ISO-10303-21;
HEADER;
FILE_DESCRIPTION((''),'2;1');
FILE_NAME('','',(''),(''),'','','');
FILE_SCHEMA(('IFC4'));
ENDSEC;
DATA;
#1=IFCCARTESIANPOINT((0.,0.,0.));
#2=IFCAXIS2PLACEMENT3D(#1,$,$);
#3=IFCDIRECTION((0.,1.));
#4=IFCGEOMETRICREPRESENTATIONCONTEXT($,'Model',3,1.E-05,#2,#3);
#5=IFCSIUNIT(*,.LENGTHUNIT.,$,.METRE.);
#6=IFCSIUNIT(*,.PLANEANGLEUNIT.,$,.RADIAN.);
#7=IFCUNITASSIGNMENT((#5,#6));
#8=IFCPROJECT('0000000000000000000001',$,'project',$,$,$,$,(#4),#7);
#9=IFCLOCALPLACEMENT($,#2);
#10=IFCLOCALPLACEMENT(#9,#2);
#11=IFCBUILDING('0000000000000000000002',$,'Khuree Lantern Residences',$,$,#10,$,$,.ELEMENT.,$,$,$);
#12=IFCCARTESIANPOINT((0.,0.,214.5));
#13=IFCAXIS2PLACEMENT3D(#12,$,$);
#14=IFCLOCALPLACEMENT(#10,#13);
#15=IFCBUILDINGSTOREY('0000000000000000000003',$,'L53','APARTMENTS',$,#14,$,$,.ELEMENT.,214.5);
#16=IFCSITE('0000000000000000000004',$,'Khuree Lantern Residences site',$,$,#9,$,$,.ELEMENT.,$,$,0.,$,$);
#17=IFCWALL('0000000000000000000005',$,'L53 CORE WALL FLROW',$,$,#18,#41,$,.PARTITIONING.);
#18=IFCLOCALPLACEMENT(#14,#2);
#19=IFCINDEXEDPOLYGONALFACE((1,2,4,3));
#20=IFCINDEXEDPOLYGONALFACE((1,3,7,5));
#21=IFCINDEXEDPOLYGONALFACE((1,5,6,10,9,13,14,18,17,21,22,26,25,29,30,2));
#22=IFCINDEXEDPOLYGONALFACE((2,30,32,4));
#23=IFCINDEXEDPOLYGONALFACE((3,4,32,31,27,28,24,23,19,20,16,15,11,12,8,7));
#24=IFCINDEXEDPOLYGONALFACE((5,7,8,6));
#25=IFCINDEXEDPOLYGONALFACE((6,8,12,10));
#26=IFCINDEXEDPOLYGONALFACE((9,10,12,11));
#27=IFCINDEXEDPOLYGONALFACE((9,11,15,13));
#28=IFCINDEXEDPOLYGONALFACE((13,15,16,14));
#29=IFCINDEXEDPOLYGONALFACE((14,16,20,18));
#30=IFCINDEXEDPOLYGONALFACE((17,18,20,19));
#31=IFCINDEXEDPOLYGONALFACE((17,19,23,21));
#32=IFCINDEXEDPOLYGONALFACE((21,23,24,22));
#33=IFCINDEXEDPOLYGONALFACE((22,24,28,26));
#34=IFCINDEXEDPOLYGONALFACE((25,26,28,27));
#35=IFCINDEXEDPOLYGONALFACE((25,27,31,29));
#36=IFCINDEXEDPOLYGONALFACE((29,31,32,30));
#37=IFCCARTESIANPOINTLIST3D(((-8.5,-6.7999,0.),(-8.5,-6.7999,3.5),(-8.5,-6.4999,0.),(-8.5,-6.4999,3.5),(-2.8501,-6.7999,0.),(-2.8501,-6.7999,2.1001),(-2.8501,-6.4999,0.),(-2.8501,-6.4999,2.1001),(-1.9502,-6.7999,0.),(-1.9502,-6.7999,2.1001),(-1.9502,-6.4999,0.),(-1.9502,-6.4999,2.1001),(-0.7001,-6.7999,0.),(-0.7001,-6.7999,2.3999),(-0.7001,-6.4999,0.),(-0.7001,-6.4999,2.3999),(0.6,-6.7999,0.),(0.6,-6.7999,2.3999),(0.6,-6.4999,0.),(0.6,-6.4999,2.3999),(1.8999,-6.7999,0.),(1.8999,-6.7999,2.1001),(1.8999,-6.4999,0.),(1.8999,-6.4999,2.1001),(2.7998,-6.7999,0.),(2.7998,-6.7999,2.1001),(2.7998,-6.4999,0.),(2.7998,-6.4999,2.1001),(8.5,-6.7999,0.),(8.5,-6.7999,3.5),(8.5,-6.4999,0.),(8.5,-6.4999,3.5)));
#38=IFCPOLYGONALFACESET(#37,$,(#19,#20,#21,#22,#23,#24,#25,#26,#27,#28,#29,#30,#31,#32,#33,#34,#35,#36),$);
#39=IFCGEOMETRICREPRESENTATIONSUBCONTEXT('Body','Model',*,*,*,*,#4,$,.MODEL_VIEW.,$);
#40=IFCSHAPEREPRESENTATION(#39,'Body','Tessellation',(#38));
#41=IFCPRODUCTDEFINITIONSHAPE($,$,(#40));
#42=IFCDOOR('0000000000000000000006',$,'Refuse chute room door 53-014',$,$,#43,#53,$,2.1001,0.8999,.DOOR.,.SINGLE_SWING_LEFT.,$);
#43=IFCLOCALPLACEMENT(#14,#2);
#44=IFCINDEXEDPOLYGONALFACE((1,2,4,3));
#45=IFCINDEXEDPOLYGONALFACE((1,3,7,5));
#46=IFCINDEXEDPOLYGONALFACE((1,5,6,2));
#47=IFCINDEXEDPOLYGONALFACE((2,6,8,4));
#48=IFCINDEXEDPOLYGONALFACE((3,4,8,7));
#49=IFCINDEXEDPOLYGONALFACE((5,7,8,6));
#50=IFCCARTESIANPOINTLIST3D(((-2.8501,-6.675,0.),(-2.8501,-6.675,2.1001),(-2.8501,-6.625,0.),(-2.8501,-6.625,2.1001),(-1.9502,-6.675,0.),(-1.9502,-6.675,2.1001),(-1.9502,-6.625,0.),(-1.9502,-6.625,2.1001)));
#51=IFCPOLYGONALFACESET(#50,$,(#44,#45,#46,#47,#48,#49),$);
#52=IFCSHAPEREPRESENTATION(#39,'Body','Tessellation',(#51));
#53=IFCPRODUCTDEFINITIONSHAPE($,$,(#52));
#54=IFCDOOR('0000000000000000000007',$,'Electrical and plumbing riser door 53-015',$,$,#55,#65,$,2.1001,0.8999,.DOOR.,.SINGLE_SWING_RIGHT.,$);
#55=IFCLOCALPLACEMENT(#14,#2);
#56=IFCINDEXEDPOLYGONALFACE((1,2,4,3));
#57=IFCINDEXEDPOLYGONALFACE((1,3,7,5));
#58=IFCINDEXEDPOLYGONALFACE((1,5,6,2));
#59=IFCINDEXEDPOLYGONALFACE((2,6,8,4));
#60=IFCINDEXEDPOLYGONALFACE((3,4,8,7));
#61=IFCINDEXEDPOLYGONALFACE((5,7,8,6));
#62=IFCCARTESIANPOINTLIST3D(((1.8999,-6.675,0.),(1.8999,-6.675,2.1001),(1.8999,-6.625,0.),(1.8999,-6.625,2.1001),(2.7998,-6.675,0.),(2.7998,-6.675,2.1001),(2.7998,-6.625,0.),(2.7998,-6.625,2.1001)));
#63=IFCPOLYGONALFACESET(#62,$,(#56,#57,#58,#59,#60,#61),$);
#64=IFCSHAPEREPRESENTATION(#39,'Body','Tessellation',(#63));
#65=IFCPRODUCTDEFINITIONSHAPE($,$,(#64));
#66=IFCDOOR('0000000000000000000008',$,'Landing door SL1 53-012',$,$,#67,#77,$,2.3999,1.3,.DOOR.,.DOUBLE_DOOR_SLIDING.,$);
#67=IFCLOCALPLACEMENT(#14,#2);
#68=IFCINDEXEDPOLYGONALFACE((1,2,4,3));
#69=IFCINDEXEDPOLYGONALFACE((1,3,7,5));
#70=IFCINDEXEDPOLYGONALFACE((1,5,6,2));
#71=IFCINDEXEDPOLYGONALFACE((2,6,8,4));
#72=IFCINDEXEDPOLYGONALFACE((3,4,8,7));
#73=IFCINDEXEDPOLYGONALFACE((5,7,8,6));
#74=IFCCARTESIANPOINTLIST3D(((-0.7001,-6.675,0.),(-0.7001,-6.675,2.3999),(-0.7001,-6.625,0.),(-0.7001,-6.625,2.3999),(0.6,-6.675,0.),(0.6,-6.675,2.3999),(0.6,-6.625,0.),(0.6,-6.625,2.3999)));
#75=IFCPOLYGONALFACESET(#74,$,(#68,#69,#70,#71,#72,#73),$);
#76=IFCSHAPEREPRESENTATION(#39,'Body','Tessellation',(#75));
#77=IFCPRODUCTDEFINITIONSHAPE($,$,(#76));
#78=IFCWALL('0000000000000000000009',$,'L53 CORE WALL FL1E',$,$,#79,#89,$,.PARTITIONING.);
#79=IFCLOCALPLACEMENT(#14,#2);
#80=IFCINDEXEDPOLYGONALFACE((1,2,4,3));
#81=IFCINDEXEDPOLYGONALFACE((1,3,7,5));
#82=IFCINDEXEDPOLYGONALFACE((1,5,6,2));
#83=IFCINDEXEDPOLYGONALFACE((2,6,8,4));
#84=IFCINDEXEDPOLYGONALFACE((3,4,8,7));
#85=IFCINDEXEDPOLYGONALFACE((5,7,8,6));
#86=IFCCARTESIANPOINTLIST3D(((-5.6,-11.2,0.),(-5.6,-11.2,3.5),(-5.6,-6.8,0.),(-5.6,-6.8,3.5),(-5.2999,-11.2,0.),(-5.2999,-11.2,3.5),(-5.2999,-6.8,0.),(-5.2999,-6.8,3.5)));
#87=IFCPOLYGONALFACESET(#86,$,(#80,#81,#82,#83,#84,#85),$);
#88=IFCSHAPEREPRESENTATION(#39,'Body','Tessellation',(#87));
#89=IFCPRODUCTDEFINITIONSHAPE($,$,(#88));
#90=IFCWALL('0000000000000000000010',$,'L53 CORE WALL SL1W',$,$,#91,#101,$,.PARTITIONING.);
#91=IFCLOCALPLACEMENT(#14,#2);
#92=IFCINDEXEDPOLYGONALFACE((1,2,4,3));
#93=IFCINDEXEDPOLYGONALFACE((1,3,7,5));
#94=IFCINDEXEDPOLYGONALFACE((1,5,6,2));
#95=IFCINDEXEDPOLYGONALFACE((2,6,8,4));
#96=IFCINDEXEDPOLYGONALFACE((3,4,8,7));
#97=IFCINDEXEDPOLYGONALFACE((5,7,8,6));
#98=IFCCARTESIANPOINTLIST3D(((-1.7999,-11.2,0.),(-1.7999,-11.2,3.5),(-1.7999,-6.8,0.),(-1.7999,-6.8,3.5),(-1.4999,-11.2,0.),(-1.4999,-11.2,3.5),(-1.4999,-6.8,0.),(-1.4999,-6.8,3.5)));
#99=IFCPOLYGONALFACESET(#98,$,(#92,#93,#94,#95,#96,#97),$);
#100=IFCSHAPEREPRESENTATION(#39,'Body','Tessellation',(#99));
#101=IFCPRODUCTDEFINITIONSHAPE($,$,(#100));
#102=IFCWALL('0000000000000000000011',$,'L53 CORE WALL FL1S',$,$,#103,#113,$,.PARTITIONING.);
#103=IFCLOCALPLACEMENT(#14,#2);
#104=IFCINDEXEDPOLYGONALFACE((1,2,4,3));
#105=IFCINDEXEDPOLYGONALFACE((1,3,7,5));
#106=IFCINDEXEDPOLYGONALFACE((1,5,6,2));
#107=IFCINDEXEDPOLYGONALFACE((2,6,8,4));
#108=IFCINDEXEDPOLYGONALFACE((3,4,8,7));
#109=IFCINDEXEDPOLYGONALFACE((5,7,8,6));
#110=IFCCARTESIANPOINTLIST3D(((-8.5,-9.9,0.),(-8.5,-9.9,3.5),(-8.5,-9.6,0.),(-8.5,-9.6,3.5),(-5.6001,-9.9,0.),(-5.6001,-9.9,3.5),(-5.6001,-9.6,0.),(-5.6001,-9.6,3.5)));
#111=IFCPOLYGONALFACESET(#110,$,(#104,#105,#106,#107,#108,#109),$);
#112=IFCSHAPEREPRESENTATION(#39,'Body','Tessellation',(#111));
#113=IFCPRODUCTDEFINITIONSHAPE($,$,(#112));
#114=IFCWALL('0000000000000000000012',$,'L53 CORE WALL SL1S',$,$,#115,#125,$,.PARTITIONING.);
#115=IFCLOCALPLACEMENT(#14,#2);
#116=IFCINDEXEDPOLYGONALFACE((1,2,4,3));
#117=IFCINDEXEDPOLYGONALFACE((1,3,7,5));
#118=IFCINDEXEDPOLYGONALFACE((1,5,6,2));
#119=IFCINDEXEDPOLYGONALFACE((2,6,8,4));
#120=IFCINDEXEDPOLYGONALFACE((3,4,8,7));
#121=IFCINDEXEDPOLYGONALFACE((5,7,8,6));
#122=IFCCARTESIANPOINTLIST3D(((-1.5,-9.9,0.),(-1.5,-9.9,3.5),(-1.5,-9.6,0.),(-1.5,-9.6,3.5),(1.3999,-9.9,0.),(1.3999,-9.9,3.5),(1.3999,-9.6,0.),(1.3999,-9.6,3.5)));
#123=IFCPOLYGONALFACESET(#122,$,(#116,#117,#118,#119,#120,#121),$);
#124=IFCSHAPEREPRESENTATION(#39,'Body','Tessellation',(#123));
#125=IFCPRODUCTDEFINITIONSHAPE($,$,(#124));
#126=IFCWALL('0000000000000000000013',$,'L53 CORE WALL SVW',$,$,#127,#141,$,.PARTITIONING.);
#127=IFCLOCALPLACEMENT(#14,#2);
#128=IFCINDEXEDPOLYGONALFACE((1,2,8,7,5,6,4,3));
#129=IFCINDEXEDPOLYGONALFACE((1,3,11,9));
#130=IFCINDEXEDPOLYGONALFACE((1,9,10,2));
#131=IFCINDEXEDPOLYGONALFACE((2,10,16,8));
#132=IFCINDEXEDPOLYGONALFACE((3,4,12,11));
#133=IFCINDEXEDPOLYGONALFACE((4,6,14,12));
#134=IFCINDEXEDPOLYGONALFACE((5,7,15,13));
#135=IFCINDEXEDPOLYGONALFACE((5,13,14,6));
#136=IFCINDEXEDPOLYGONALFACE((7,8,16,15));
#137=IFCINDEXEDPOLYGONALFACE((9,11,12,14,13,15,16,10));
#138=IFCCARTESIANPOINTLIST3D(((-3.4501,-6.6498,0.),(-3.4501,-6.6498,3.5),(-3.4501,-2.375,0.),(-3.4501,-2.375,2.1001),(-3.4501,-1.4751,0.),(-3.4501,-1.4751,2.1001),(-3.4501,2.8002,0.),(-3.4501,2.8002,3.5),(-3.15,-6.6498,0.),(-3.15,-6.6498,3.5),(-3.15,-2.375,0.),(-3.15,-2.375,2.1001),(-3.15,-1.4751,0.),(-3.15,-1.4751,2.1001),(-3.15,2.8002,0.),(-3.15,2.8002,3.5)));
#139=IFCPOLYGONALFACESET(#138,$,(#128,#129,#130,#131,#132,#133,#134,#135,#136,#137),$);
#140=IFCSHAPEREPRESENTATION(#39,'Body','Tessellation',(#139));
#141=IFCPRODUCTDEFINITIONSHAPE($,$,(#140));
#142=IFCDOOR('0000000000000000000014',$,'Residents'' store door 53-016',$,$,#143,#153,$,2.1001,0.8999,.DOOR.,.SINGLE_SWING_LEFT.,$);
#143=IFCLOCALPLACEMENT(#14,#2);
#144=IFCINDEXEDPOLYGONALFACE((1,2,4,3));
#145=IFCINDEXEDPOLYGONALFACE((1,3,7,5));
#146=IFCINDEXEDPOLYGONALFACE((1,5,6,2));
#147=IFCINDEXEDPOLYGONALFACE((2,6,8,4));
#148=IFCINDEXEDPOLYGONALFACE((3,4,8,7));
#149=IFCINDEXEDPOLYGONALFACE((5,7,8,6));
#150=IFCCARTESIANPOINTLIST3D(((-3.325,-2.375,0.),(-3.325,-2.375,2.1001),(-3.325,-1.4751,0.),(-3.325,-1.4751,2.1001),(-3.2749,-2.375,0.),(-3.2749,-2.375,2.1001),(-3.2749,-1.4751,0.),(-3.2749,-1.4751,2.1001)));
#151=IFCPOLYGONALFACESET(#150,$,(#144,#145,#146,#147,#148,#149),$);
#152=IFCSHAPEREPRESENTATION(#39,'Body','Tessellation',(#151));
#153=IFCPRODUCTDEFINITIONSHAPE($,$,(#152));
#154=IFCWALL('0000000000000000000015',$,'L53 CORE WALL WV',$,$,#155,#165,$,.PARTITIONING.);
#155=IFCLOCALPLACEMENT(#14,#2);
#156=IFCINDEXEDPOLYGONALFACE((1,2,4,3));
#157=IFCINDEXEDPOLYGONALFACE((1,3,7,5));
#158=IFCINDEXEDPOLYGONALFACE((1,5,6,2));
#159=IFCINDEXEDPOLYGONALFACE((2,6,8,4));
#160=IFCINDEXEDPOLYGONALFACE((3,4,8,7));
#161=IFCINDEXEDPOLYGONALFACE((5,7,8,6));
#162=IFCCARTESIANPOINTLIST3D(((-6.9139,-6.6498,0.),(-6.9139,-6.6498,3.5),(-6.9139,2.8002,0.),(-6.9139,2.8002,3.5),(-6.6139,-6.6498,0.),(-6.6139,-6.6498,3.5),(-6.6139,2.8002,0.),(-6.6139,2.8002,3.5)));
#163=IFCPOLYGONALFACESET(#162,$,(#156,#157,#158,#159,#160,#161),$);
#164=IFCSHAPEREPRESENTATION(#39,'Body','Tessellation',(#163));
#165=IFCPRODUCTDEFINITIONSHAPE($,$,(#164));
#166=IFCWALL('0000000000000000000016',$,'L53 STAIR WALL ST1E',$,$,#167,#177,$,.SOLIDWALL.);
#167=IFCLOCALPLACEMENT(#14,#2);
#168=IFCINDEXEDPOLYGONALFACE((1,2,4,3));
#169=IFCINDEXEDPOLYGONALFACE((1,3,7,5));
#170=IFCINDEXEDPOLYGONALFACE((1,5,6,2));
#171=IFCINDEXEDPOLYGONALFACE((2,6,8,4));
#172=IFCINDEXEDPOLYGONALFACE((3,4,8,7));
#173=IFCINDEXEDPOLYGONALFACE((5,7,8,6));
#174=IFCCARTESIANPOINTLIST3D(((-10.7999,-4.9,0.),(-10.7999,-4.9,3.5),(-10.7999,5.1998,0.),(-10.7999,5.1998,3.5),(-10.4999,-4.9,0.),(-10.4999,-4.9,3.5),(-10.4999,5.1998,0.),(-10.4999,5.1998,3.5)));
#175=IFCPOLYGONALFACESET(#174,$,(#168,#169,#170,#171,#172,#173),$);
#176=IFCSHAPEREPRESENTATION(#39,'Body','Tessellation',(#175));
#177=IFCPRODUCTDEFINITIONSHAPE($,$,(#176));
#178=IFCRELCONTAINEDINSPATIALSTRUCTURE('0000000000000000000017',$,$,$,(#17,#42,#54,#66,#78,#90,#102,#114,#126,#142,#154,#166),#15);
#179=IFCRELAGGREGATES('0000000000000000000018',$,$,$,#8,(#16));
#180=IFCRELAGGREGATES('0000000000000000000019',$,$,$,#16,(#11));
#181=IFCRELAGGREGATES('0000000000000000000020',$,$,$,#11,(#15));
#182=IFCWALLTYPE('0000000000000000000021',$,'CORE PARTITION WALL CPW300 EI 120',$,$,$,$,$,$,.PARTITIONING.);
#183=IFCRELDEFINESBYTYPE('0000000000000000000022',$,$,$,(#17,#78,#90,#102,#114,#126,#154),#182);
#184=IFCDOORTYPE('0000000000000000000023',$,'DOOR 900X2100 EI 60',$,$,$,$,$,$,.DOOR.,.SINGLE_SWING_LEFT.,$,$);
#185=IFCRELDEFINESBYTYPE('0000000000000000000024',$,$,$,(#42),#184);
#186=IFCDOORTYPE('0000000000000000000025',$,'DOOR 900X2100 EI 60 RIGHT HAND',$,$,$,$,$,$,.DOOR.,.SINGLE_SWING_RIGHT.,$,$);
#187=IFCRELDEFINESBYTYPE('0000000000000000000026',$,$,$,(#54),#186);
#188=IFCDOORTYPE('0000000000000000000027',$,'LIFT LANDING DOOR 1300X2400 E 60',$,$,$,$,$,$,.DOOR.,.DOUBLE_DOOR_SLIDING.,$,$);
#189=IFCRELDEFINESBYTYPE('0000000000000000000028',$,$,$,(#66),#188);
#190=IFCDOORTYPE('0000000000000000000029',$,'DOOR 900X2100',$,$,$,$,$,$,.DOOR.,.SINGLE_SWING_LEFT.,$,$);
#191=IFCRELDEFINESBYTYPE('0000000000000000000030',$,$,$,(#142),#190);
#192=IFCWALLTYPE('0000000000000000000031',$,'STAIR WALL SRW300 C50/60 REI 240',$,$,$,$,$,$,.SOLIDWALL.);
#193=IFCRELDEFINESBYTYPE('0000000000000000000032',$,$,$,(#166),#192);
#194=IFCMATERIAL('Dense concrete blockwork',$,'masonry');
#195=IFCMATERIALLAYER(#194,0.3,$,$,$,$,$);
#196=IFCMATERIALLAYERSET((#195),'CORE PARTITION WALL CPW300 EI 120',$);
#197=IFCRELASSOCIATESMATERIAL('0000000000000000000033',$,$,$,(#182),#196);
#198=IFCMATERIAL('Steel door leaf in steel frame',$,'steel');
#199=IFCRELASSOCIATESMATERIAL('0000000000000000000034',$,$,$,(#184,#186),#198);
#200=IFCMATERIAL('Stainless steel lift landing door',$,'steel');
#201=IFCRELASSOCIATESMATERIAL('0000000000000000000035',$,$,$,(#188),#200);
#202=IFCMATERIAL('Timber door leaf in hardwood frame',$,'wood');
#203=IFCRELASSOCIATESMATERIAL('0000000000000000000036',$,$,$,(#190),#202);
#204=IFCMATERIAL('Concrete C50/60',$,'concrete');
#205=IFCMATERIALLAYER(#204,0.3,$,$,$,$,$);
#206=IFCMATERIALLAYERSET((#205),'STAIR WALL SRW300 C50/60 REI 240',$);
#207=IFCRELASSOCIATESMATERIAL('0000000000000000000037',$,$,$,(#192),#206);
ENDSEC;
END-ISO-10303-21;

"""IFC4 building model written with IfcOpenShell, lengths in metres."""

from ifc_helpers import new_model, si_unit, direction, frame, frame_2d, origin, place, context, subcontext, project, spatial, rectangle, extrude, material, layer, layer_set, type_object, element, fill, save


model = new_model("IFC4")

# Units and contexts
model_context = context("Model", 3, precision=1e-05, world=origin(), true_north=direction((0.0, 1.0)))
body_context = subcontext(model_context, "Body", "Model", "MODEL_VIEW")
ifc_project = project(units=[si_unit("LENGTHUNIT", "METRE"), si_unit("PLANEANGLEUNIT", "RADIAN")], contexts=[model_context])

# Site, building, storey
site_placement = place(None, origin())
site = spatial("IfcSite", under=ifc_project, at=site_placement, Name="Khuree Lantern Residences site", CompositionType="ELEMENT", RefElevation=0.0)
building_placement = place(site_placement, origin())
building = spatial("IfcBuilding", under=site, at=building_placement, Name="Khuree Lantern Residences", CompositionType="ELEMENT")
storey_placement = place(building_placement, frame((0.0, 0.0, 214.5)))
storey = spatial("IfcBuildingStorey", under=building, at=storey_placement, Name="L53", Description="APARTMENTS", CompositionType="ELEMENT", Elevation=214.5)

# Wall, openings, doors
ifc_material_1 = material(Name="Dense concrete blockwork", Category="masonry")
ifc_layer_1 = layer(ifc_material_1, 0.3)
ifc_layer_set_1 = layer_set([ifc_layer_1], Name="CORE PARTITION WALL CPW300 EI 120")
wall_type_1 = type_object("IfcWallType", Name="CORE PARTITION WALL CPW300 EI 120", PredefinedType="PARTITIONING", material=ifc_layer_set_1)
wall_1_placement = place(storey_placement, frame((-8.5, -6.6499, 0.0), z_axis=(0.0, 0.0, 1.0), x_axis=(1.0, 0.0, 0.0)))
wall_1 = element("IfcWall", 1, at=wall_1_placement, inside=storey, type_object=wall_type_1, Name="L53 CORE WALL FLROW", PredefinedType="PARTITIONING", context=body_context, shape_type="SweptSolid", body=[
    extrude(rectangle(XDim=17.0, YDim=0.3, at=frame_2d((8.5, 0.0))), origin(), (0.0, 0.0, 1.0), 3.5),
])
opening_1_placement = place(wall_1_placement, frame((7.8, 0.0, 0.0)))
opening_1 = element("IfcOpeningElement", 2, at=opening_1_placement, cuts=wall_1, PredefinedType="OPENING", context=body_context, shape_type="SweptSolid", body=[
    extrude(rectangle(XDim=1.3, YDim=2.3999, at=frame_2d((0.6499, 1.2))), frame((0.0, 0.1602, 0.0), z_axis=(0.0, -1.0, 0.0), x_axis=(1.0, 0.0, 0.0)), (0.0, 0.0, 1.0), 0.3201),
])
opening_2_placement = place(wall_1_placement, frame((5.6499, 0.0, 0.0)))
opening_2 = element("IfcOpeningElement", 3, at=opening_2_placement, cuts=wall_1, PredefinedType="OPENING", context=body_context, shape_type="SweptSolid", body=[
    extrude(rectangle(XDim=0.8999, YDim=2.1001, at=frame_2d((0.45, 1.05))), frame((0.0, 0.1602, 0.0), z_axis=(0.0, -1.0, 0.0), x_axis=(1.0, 0.0, 0.0)), (0.0, 0.0, 1.0), 0.3201),
])
opening_3_placement = place(wall_1_placement, frame((10.3999, 0.0, 0.0)))
opening_3 = element("IfcOpeningElement", 4, at=opening_3_placement, cuts=wall_1, PredefinedType="OPENING", context=body_context, shape_type="SweptSolid", body=[
    extrude(rectangle(XDim=0.8999, YDim=2.1001, at=frame_2d((0.45, 1.05))), frame((0.0, 0.1602, 0.0), z_axis=(0.0, -1.0, 0.0), x_axis=(1.0, 0.0, 0.0)), (0.0, 0.0, 1.0), 0.3201),
])
ifc_material_2 = material(Name="Steel door leaf in steel frame", Category="steel")
door_type_1 = type_object("IfcDoorType", Name="DOOR 900X2100 EI 60", OperationType="SINGLE_SWING_LEFT", PredefinedType="DOOR", material=ifc_material_2)
door_1_placement = place(opening_2_placement, origin())
door_1 = element("IfcDoor", 5, at=door_1_placement, inside=storey, type_object=door_type_1, Name="Refuse chute room door 53-014", OperationType="SINGLE_SWING_LEFT", OverallHeight=2.1001, OverallWidth=0.8999, PredefinedType="DOOR", context=body_context, shape_type="SweptSolid", body=[
    extrude(rectangle(XDim=0.8999, YDim=2.1001, at=frame_2d((0.45, 1.05))), frame((0.0, 0.0249, 0.0), z_axis=(0.0, -1.0, 0.0), x_axis=(1.0, 0.0, 0.0)), (0.0, 0.0, 1.0), 0.05),
])
fill(opening_2, door_1)
door_type_2 = type_object("IfcDoorType", Name="DOOR 900X2100 EI 60 RIGHT HAND", OperationType="SINGLE_SWING_RIGHT", PredefinedType="DOOR", material=ifc_material_2)
door_2_placement = place(opening_3_placement, origin())
door_2 = element("IfcDoor", 6, at=door_2_placement, inside=storey, type_object=door_type_2, Name="Electrical and plumbing riser door 53-015", OperationType="SINGLE_SWING_RIGHT", OverallHeight=2.1001, OverallWidth=0.8999, PredefinedType="DOOR", context=body_context, shape_type="SweptSolid", body=[
    extrude(rectangle(XDim=0.8999, YDim=2.1001, at=frame_2d((0.45, 1.05))), frame((0.0, 0.0249, 0.0), z_axis=(0.0, -1.0, 0.0), x_axis=(1.0, 0.0, 0.0)), (0.0, 0.0, 1.0), 0.05),
])
fill(opening_3, door_2)
ifc_material_3 = material(Name="Stainless steel lift landing door", Category="steel")
door_type_3 = type_object("IfcDoorType", Name="LIFT LANDING DOOR 1300X2400 E 60", OperationType="DOUBLE_DOOR_SLIDING", PredefinedType="DOOR", material=ifc_material_3)
door_3_placement = place(opening_1_placement, origin())
door_3 = element("IfcDoor", 7, at=door_3_placement, inside=storey, type_object=door_type_3, Name="Landing door SL1 53-012", OperationType="DOUBLE_DOOR_SLIDING", OverallHeight=2.3999, OverallWidth=1.3, PredefinedType="DOOR", context=body_context, shape_type="SweptSolid", body=[
    extrude(rectangle(XDim=1.3, YDim=2.3999, at=frame_2d((0.6499, 1.2))), frame((0.0, 0.0249, 0.0), z_axis=(0.0, -1.0, 0.0), x_axis=(1.0, 0.0, 0.0)), (0.0, 0.0, 1.0), 0.05),
])
fill(opening_1, door_3)

# Walls
for number, where, z_axis, x_axis, name in (
    (8, (-5.45, -11.2, 0.0), (0.0, 0.0, 1.0), (0.0, 1.0, 0.0), "L53 CORE WALL FL1E"),
    (9, (-1.6499, -11.2, 0.0), (0.0, 0.0, 1.0), (0.0, 1.0, 0.0), "L53 CORE WALL SL1W"),
):
    element("IfcWall", number, at=place(storey_placement, frame(where, z_axis=z_axis, x_axis=x_axis)), inside=storey, type_object=wall_type_1, Name=name, PredefinedType="PARTITIONING", context=body_context, shape_type="SweptSolid", body=[
        extrude(rectangle(XDim=4.3999, YDim=0.3, at=frame_2d((2.2, 0.0))), origin(), (0.0, 0.0, 1.0), 3.5),
    ])
for number, where, z_axis, x_axis, name in (
    (10, (-8.5, -9.75, 0.0), (0.0, 0.0, 1.0), (1.0, 0.0, 0.0), "L53 CORE WALL FL1S"),
    (11, (-1.5, -9.75, 0.0), (0.0, 0.0, 1.0), (1.0, 0.0, 0.0), "L53 CORE WALL SL1S"),
):
    element("IfcWall", number, at=place(storey_placement, frame(where, z_axis=z_axis, x_axis=x_axis)), inside=storey, type_object=wall_type_1, Name=name, PredefinedType="PARTITIONING", context=body_context, shape_type="SweptSolid", body=[
        extrude(rectangle(XDim=2.8999, YDim=0.3, at=frame_2d((1.45, 0.0))), origin(), (0.0, 0.0, 1.0), 3.5),
    ])

# Wall, opening, door
wall_2_placement = place(storey_placement, frame((-3.3, -6.6499, 0.0), z_axis=(0.0, 0.0, 1.0), x_axis=(0.0, 1.0, 0.0)))
wall_2 = element("IfcWall", 12, at=wall_2_placement, inside=storey, type_object=wall_type_1, Name="L53 CORE WALL SVW", PredefinedType="PARTITIONING", context=body_context, shape_type="SweptSolid", body=[
    extrude(rectangle(XDim=9.45, YDim=0.3, at=frame_2d((4.7251, 0.0))), origin(), (0.0, 0.0, 1.0), 3.5),
])
opening_4_placement = place(wall_2_placement, frame((4.2749, 0.0, 0.0)))
opening_4 = element("IfcOpeningElement", 13, at=opening_4_placement, cuts=wall_2, PredefinedType="OPENING", context=body_context, shape_type="SweptSolid", body=[
    extrude(rectangle(XDim=0.8999, YDim=2.1001, at=frame_2d((0.45, 1.05))), frame((0.0, 0.1602, 0.0), z_axis=(0.0, -1.0, 0.0), x_axis=(1.0, 0.0, 0.0)), (0.0, 0.0, 1.0), 0.3201),
])
ifc_material_4 = material(Name="Timber door leaf in hardwood frame", Category="wood")
door_type_4 = type_object("IfcDoorType", Name="DOOR 900X2100", OperationType="SINGLE_SWING_LEFT", PredefinedType="DOOR", material=ifc_material_4)
door_4_placement = place(opening_4_placement, origin())
door_4 = element("IfcDoor", 14, at=door_4_placement, inside=storey, type_object=door_type_4, Name="Residents' store door 53-016", OperationType="SINGLE_SWING_LEFT", OverallHeight=2.1001, OverallWidth=0.8999, PredefinedType="DOOR", context=body_context, shape_type="SweptSolid", body=[
    extrude(rectangle(XDim=0.8999, YDim=2.1001, at=frame_2d((0.45, 1.05))), frame((0.0, 0.0249, 0.0), z_axis=(0.0, -1.0, 0.0), x_axis=(1.0, 0.0, 0.0)), (0.0, 0.0, 1.0), 0.05),
])
fill(opening_4, door_4)

# Walls
wall_3_placement = place(storey_placement, frame((-6.7639, -6.6499, 0.0), z_axis=(0.0, 0.0, 1.0), x_axis=(0.0, 1.0, 0.0)))
element("IfcWall", 15, at=wall_3_placement, inside=storey, type_object=wall_type_1, Name="L53 CORE WALL WV", PredefinedType="PARTITIONING", context=body_context, shape_type="SweptSolid", body=[
    extrude(rectangle(XDim=9.45, YDim=0.3, at=frame_2d((4.7251, 0.0))), origin(), (0.0, 0.0, 1.0), 3.5),
])
ifc_material_5 = material(Name="Concrete C50/60", Category="concrete")
ifc_layer_2 = layer(ifc_material_5, 0.3)
ifc_layer_set_2 = layer_set([ifc_layer_2], Name="STAIR WALL SRW300 C50/60 REI 240")
wall_type_2 = type_object("IfcWallType", Name="STAIR WALL SRW300 C50/60 REI 240", PredefinedType="SOLIDWALL", material=ifc_layer_set_2)
wall_4_placement = place(storey_placement, frame((-10.6499, -4.8999, 0.0), z_axis=(0.0, 0.0, 1.0), x_axis=(0.0, 1.0, 0.0)))
element("IfcWall", 16, at=wall_4_placement, inside=storey, type_object=wall_type_2, Name="L53 STAIR WALL ST1E", PredefinedType="SOLIDWALL", context=body_context, shape_type="SweptSolid", body=[
    extrude(rectangle(XDim=10.0999, YDim=0.3, at=frame_2d((5.0498, 0.0))), origin(), (0.0, 0.0, 1.0), 3.5),
])

save(model, "model.ifc")
